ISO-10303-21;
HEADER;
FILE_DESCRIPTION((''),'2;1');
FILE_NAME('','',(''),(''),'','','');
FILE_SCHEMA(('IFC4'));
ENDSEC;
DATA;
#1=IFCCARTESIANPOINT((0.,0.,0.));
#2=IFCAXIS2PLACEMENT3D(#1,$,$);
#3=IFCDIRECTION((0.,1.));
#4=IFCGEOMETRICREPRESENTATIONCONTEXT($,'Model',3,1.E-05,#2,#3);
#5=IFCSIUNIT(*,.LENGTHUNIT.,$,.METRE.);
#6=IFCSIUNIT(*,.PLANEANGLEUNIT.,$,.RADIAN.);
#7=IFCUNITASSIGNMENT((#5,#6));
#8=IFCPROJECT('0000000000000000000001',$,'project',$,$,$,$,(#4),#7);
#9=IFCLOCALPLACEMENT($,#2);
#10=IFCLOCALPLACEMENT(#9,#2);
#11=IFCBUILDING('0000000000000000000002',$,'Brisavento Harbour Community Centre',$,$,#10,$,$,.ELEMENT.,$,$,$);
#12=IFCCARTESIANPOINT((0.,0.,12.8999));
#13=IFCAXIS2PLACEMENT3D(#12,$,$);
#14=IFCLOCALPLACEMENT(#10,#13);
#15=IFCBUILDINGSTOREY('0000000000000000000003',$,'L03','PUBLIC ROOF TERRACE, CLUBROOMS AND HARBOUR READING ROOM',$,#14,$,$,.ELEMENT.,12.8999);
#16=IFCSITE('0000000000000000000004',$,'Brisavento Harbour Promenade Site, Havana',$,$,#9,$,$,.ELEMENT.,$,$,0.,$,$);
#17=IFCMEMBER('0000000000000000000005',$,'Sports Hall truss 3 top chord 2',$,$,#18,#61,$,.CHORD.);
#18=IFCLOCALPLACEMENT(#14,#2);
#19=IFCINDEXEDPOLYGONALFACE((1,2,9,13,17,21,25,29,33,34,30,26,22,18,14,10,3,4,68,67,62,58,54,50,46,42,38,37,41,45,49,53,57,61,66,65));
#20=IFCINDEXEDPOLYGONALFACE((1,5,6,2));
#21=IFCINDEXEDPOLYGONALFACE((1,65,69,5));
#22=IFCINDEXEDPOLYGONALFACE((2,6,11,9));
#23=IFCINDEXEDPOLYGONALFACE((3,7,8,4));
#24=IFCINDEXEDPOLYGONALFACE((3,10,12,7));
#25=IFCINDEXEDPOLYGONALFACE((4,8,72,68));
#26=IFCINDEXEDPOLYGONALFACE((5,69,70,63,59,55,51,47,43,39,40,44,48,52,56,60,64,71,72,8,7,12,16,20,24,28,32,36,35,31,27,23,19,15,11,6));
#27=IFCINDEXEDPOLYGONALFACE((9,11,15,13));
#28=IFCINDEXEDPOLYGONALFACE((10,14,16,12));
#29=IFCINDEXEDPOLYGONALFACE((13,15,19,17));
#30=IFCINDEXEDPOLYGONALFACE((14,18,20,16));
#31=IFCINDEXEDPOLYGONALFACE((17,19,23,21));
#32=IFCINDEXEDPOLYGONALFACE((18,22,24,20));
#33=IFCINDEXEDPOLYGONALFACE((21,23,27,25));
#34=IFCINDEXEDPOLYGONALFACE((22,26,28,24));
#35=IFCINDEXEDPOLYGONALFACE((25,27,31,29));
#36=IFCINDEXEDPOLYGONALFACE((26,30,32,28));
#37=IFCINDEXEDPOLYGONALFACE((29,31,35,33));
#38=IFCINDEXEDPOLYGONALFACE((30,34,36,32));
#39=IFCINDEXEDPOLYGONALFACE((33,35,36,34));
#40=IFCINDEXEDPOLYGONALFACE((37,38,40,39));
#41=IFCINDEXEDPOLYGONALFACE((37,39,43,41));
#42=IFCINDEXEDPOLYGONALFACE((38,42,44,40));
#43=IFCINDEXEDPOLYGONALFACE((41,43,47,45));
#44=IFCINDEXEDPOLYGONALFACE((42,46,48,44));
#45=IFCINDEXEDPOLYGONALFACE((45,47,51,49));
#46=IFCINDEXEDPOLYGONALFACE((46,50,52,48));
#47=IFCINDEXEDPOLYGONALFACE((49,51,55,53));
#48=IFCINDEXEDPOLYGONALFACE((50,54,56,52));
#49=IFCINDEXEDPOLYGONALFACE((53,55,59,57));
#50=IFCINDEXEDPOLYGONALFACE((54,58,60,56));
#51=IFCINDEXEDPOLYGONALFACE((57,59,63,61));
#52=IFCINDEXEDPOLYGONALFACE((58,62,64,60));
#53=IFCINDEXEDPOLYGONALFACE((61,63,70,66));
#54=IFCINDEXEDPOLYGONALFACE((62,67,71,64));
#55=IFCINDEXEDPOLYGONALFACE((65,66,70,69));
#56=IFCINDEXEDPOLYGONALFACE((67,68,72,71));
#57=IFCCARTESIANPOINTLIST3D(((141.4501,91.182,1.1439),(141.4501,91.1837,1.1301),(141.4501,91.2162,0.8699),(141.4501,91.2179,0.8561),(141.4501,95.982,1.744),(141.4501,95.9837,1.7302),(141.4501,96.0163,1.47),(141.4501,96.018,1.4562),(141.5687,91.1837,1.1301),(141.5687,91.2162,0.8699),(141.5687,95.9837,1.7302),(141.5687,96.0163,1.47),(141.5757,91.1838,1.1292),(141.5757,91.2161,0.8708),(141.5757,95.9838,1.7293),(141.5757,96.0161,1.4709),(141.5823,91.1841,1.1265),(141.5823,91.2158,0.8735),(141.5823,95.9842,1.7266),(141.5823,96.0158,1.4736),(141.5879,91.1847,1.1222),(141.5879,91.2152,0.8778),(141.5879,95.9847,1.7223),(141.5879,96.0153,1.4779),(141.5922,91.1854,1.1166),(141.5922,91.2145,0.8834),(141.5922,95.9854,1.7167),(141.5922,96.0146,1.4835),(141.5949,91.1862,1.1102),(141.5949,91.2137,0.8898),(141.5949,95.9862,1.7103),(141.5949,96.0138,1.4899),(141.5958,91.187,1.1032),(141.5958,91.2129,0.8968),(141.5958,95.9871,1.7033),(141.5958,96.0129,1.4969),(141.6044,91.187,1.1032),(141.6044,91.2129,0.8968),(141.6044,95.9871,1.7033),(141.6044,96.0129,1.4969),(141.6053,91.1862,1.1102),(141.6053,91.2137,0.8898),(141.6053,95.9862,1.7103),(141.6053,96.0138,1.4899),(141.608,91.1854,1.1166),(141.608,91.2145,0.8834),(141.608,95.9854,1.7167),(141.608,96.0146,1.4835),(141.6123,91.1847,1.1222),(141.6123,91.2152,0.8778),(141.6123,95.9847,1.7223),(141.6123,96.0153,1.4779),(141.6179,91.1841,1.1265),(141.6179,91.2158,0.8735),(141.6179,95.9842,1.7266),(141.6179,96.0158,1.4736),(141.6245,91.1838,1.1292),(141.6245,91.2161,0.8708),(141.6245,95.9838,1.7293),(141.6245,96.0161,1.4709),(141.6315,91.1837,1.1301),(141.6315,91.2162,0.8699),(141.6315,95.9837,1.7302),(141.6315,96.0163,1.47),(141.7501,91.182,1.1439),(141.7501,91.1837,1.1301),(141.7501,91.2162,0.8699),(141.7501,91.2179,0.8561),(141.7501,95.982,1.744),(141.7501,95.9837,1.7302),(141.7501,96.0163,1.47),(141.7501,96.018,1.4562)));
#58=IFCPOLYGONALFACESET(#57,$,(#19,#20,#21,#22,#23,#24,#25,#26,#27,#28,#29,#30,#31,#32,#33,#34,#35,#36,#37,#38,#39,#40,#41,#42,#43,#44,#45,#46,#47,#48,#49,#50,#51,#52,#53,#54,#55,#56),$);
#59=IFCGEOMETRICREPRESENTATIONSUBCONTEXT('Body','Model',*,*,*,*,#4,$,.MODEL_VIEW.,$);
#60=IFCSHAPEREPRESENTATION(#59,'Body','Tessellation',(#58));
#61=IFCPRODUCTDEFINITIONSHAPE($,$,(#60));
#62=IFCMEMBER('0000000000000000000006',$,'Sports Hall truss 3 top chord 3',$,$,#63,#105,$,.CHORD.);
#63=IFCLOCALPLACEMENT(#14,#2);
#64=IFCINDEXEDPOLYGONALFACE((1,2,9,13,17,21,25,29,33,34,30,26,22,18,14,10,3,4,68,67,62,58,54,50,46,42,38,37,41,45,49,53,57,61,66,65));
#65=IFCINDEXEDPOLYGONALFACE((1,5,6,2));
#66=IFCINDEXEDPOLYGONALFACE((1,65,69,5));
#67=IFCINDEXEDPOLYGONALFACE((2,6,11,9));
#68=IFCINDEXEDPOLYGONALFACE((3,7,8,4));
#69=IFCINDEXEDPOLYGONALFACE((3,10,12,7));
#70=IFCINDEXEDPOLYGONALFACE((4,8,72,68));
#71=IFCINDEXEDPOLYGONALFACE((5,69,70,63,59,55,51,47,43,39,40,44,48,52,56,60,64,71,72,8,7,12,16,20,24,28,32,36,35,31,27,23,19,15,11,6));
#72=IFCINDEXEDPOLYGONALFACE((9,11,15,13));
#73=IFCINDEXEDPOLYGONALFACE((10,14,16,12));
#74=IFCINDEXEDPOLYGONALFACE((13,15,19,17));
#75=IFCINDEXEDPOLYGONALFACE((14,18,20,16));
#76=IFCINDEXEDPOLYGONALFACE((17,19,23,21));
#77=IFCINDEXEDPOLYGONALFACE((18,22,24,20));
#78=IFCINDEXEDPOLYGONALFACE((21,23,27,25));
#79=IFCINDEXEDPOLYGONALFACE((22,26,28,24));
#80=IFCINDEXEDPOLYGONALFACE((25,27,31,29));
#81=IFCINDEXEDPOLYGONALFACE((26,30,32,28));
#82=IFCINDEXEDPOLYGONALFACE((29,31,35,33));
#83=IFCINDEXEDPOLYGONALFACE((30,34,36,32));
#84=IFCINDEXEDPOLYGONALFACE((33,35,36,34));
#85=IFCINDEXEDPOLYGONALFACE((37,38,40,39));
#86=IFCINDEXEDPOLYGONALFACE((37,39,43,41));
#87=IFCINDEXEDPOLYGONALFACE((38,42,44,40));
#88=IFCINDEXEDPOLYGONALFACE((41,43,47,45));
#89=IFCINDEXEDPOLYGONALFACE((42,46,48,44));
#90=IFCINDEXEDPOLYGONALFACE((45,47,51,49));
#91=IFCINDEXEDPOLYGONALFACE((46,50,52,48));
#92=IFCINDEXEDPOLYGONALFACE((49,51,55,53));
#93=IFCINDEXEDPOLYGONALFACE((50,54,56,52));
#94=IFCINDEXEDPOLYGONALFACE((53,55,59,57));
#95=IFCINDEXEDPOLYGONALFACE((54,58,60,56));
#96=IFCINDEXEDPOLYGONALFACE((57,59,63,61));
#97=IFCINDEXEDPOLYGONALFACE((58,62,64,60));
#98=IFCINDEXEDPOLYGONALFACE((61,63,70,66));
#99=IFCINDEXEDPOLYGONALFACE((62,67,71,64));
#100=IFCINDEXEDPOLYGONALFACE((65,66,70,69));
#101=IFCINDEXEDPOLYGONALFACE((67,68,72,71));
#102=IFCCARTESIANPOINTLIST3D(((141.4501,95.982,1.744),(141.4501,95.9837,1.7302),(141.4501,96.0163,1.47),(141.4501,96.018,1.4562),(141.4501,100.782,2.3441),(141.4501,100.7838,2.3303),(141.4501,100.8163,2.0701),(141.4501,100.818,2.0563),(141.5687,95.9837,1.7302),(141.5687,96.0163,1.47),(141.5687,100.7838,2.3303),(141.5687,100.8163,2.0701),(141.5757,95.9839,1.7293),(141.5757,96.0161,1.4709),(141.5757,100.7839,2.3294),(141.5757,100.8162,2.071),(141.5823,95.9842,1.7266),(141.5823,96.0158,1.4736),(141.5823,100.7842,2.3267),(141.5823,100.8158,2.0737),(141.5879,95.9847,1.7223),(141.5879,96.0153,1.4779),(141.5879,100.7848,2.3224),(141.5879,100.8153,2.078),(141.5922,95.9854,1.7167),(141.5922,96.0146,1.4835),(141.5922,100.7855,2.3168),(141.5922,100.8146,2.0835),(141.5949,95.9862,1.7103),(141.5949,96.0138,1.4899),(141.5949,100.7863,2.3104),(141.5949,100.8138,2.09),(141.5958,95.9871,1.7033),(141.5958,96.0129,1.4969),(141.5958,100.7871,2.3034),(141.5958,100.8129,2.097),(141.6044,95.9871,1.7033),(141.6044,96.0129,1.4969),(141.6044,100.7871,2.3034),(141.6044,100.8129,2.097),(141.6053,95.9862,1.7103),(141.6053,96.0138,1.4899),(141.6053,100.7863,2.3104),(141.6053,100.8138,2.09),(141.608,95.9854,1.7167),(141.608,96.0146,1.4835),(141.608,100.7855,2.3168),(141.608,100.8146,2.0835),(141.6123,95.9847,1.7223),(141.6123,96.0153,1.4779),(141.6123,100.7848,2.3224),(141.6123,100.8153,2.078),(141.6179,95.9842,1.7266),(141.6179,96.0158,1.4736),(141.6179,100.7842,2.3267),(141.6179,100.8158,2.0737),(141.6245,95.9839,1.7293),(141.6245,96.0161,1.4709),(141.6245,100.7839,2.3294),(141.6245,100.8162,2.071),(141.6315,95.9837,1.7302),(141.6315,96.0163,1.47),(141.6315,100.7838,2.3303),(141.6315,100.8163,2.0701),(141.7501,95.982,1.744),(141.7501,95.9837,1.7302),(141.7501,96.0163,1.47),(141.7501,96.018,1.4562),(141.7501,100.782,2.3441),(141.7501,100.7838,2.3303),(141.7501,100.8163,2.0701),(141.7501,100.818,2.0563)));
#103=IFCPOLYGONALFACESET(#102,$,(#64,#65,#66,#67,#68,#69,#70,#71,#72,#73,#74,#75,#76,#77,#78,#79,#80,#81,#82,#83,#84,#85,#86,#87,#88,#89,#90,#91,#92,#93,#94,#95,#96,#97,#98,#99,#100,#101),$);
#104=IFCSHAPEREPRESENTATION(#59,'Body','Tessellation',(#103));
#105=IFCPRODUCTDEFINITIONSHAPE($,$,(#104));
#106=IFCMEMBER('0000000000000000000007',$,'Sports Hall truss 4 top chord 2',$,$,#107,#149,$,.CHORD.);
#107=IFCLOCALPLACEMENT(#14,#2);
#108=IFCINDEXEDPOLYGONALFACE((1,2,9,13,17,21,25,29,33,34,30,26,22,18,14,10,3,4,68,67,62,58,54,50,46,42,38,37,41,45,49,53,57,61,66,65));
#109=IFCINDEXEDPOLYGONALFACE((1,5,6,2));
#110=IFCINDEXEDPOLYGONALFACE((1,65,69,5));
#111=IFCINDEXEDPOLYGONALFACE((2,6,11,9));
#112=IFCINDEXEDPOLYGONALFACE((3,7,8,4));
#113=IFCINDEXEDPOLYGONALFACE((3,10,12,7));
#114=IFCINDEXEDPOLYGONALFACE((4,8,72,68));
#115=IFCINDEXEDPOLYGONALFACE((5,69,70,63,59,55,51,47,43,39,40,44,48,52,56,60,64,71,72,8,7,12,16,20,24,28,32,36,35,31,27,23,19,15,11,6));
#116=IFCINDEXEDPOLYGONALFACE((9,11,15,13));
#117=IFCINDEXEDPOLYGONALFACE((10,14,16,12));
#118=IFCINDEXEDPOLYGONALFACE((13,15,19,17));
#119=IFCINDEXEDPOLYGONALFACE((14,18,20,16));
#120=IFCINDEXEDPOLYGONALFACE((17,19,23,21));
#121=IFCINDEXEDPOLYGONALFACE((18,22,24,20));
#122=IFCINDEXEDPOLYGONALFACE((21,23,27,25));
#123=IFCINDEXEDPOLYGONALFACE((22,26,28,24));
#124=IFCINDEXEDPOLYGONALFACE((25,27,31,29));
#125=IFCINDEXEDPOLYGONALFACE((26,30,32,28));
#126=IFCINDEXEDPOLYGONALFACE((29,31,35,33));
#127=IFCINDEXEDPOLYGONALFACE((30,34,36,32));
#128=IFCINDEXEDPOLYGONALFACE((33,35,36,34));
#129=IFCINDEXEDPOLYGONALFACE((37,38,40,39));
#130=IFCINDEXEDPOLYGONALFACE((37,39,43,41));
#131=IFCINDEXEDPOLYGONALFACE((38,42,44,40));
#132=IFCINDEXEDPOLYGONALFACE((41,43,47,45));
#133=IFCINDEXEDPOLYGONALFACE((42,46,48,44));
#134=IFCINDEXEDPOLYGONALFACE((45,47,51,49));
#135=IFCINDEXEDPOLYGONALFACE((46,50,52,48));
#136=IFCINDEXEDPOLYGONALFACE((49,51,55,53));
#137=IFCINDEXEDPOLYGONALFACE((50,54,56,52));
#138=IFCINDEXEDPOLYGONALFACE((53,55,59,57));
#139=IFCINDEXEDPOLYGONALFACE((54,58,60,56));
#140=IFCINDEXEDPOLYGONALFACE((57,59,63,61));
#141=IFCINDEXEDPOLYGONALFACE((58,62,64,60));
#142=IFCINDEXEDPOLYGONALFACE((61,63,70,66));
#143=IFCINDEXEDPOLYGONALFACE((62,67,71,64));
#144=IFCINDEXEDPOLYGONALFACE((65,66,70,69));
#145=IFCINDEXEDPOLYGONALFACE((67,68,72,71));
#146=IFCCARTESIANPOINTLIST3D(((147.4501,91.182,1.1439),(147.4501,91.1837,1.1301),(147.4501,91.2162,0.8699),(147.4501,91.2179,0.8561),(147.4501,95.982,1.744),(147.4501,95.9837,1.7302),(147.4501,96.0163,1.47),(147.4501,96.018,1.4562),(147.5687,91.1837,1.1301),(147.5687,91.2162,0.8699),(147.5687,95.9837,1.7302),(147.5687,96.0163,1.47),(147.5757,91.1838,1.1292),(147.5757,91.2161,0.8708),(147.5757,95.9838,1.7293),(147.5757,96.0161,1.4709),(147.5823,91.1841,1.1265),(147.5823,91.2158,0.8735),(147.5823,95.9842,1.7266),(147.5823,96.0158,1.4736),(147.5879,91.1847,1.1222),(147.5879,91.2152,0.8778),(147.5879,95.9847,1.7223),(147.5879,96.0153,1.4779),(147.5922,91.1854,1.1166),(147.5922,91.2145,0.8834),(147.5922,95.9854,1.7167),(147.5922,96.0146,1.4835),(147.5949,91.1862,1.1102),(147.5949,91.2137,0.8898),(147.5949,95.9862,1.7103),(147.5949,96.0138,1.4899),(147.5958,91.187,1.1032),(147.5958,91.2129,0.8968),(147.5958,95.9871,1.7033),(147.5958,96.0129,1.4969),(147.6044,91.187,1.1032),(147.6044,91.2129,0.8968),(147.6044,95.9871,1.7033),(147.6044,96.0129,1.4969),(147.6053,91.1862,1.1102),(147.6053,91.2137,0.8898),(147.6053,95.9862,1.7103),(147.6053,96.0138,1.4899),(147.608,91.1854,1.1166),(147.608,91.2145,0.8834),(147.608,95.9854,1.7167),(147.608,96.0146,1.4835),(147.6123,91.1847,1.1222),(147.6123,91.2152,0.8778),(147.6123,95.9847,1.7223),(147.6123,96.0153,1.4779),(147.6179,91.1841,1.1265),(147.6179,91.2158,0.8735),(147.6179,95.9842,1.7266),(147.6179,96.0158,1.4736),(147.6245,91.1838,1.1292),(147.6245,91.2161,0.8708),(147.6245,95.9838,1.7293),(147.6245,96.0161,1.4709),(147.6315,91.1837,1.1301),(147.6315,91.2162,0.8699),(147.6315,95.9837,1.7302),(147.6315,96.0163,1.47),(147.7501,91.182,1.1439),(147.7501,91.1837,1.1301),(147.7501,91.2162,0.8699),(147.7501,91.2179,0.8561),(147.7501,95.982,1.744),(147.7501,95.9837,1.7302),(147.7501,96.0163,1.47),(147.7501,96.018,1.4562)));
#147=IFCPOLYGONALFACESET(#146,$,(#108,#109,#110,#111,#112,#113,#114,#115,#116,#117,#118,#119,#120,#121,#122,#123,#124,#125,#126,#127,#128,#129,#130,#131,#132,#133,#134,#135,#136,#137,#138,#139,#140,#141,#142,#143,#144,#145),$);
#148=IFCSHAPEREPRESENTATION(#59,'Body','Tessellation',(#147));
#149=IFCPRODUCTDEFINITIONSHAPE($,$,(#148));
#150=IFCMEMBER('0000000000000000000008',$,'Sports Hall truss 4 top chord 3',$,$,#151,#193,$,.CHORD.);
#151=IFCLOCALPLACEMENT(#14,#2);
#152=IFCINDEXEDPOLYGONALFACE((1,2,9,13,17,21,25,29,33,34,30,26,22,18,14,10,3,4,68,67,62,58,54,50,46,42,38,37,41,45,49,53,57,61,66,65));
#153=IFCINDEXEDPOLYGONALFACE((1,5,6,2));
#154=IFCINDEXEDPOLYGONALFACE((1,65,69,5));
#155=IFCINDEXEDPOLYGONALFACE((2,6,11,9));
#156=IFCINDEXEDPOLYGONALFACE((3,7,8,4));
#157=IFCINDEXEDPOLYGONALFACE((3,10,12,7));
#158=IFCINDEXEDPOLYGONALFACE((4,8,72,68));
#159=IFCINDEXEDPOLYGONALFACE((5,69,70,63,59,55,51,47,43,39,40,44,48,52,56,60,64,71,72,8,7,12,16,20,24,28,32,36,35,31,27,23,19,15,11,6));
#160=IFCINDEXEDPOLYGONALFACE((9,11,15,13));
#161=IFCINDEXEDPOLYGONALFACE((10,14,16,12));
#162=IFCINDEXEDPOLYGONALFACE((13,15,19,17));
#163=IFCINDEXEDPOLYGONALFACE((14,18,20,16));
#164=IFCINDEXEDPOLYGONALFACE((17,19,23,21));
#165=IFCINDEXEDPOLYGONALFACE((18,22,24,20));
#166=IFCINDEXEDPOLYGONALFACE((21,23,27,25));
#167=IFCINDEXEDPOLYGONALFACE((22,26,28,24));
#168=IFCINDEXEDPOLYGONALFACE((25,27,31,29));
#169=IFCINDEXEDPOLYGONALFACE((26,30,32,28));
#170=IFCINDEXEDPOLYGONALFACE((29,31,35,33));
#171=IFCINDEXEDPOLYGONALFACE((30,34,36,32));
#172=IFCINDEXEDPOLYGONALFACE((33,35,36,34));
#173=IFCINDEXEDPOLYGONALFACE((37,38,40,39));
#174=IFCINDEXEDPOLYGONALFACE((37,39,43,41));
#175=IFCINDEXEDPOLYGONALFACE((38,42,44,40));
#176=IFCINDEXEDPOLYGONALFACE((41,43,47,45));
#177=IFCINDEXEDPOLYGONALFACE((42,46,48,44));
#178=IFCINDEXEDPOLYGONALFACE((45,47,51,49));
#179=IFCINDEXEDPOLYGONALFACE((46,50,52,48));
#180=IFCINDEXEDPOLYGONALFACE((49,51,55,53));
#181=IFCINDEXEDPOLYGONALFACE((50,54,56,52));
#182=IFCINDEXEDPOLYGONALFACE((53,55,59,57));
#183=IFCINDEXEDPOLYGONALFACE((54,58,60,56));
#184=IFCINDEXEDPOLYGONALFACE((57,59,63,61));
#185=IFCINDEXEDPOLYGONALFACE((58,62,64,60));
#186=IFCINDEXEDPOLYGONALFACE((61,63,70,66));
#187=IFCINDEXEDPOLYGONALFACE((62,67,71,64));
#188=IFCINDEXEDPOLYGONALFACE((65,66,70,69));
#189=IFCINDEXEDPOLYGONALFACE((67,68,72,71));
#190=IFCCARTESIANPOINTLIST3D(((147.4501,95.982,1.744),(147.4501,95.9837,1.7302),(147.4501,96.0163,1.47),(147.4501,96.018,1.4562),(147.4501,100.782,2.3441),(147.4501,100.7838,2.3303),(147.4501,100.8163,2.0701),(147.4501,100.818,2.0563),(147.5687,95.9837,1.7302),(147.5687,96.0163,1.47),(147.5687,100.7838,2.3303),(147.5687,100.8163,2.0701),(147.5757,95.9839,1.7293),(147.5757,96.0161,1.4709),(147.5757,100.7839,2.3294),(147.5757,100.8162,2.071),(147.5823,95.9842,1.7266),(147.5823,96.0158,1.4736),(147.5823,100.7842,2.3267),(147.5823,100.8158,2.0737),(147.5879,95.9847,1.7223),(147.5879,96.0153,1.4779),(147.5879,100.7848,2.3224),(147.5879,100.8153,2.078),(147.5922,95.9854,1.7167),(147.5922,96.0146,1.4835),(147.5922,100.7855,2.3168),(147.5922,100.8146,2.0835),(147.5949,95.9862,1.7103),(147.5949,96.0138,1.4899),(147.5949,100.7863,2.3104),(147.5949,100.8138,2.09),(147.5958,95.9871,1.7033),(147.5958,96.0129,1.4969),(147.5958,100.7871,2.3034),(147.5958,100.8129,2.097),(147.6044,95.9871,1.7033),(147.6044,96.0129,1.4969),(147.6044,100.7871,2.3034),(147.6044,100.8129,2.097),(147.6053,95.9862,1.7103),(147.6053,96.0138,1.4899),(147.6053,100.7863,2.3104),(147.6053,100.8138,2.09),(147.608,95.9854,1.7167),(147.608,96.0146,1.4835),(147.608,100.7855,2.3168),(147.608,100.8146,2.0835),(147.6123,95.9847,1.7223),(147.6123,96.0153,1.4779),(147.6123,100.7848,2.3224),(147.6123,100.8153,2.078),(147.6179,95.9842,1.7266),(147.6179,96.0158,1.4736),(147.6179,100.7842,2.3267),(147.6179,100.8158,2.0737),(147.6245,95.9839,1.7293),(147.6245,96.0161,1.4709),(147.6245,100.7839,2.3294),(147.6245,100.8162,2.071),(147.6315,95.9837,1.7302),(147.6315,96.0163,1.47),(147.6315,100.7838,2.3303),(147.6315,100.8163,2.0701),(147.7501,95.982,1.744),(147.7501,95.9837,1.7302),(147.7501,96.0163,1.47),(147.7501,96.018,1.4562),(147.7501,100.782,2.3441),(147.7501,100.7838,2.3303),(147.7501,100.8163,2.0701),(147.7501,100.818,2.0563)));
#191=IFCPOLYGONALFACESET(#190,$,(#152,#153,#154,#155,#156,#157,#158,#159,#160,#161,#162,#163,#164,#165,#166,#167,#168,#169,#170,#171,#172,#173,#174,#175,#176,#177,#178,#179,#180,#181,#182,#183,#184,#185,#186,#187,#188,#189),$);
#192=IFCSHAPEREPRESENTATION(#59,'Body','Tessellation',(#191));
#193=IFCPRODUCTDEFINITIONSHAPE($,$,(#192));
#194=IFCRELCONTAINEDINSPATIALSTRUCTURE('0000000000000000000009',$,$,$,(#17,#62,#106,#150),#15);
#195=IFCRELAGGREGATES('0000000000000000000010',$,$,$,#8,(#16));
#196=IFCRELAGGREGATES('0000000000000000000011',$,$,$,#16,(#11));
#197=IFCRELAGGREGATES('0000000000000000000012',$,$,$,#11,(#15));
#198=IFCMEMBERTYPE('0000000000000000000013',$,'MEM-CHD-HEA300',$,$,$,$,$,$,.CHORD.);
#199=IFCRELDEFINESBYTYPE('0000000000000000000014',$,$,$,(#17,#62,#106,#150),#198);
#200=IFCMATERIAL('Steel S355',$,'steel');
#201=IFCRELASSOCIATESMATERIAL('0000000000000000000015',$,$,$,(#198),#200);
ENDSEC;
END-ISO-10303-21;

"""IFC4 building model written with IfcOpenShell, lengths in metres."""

from ifc_helpers import new_model, si_unit, direction, frame, origin, origin_2d, place, context, subcontext, project, spatial, i_section, extrude, material, material_profile, profile_set, type_object, element, save


model = new_model("IFC4")

# Units and contexts
model_context = context("Model", 3, precision=1e-05, world=origin(), true_north=direction((0.0, 1.0)))
body_context = subcontext(model_context, "Body", "Model", "MODEL_VIEW")
ifc_project = project(units=[si_unit("LENGTHUNIT", "METRE"), si_unit("PLANEANGLEUNIT", "RADIAN")], contexts=[model_context])

# Site, building, storey
site_placement = place(None, origin())
site = spatial("IfcSite", under=ifc_project, at=site_placement, Name="Brisavento Harbour Promenade Site, Havana", CompositionType="ELEMENT", RefElevation=0.0)
building_placement = place(site_placement, origin())
building = spatial("IfcBuilding", under=site, at=building_placement, Name="Brisavento Harbour Community Centre", CompositionType="ELEMENT")
storey_placement = place(building_placement, frame((0.0, 0.0, 12.8999)))
storey = spatial("IfcBuildingStorey", under=building, at=storey_placement, Name="L03", Description="PUBLIC ROOF TERRACE, CLUBROOMS AND HARBOUR READING ROOM", CompositionType="ELEMENT", Elevation=12.8999)

# Members
ifc_material = material(Name="Steel S355", Category="steel")
ifc_material_profile_1 = material_profile(ifc_material, i_section(OverallWidth=0.3, OverallDepth=0.29, WebThickness=0.0085, FlangeThickness=0.0139, FilletRadius=0.0271, at=origin_2d()), Name="Steel S355")
ifc_profile_set_1 = profile_set([ifc_material_profile_1], Name="Steel S355")
member_type_1 = type_object("IfcMemberType", Name="MEM-CHD-HEA300", PredefinedType="CHORD", material=ifc_profile_set_1)
for number, where, z_axis, x_axis, name in (
    (1, (141.6001, 91.2, 1.0), (0.0, 0.992276, 0.124053), (-1.0, 0.0, 0.0), "Sports Hall truss 3 top chord 2"),
    (2, (141.6001, 96.0, 1.6001), (0.0, 0.992276, 0.124053), (-1.0, 0.0, 0.0), "Sports Hall truss 3 top chord 3"),
    (3, (147.6001, 91.2, 1.0), (0.0, 0.992276, 0.124053), (-1.0, 0.0, 0.0), "Sports Hall truss 4 top chord 2"),
    (4, (147.6001, 96.0, 1.6001), (0.0, 0.992276, 0.124053), (-1.0, 0.0, 0.0), "Sports Hall truss 4 top chord 3"),
):
    element("IfcMember", number, at=place(storey_placement, frame(where, z_axis=z_axis, x_axis=x_axis)), inside=storey, type_object=member_type_1, Name=name, PredefinedType="CHORD", context=body_context, shape_type="SweptSolid", body=[
        extrude(i_section(OverallWidth=0.3, OverallDepth=0.29, WebThickness=0.0085, FlangeThickness=0.0139, FilletRadius=0.0271, at=origin_2d()), origin(), (0.0, 0.0, 1.0), 4.8374),
    ])

save(model, "model.ifc")
